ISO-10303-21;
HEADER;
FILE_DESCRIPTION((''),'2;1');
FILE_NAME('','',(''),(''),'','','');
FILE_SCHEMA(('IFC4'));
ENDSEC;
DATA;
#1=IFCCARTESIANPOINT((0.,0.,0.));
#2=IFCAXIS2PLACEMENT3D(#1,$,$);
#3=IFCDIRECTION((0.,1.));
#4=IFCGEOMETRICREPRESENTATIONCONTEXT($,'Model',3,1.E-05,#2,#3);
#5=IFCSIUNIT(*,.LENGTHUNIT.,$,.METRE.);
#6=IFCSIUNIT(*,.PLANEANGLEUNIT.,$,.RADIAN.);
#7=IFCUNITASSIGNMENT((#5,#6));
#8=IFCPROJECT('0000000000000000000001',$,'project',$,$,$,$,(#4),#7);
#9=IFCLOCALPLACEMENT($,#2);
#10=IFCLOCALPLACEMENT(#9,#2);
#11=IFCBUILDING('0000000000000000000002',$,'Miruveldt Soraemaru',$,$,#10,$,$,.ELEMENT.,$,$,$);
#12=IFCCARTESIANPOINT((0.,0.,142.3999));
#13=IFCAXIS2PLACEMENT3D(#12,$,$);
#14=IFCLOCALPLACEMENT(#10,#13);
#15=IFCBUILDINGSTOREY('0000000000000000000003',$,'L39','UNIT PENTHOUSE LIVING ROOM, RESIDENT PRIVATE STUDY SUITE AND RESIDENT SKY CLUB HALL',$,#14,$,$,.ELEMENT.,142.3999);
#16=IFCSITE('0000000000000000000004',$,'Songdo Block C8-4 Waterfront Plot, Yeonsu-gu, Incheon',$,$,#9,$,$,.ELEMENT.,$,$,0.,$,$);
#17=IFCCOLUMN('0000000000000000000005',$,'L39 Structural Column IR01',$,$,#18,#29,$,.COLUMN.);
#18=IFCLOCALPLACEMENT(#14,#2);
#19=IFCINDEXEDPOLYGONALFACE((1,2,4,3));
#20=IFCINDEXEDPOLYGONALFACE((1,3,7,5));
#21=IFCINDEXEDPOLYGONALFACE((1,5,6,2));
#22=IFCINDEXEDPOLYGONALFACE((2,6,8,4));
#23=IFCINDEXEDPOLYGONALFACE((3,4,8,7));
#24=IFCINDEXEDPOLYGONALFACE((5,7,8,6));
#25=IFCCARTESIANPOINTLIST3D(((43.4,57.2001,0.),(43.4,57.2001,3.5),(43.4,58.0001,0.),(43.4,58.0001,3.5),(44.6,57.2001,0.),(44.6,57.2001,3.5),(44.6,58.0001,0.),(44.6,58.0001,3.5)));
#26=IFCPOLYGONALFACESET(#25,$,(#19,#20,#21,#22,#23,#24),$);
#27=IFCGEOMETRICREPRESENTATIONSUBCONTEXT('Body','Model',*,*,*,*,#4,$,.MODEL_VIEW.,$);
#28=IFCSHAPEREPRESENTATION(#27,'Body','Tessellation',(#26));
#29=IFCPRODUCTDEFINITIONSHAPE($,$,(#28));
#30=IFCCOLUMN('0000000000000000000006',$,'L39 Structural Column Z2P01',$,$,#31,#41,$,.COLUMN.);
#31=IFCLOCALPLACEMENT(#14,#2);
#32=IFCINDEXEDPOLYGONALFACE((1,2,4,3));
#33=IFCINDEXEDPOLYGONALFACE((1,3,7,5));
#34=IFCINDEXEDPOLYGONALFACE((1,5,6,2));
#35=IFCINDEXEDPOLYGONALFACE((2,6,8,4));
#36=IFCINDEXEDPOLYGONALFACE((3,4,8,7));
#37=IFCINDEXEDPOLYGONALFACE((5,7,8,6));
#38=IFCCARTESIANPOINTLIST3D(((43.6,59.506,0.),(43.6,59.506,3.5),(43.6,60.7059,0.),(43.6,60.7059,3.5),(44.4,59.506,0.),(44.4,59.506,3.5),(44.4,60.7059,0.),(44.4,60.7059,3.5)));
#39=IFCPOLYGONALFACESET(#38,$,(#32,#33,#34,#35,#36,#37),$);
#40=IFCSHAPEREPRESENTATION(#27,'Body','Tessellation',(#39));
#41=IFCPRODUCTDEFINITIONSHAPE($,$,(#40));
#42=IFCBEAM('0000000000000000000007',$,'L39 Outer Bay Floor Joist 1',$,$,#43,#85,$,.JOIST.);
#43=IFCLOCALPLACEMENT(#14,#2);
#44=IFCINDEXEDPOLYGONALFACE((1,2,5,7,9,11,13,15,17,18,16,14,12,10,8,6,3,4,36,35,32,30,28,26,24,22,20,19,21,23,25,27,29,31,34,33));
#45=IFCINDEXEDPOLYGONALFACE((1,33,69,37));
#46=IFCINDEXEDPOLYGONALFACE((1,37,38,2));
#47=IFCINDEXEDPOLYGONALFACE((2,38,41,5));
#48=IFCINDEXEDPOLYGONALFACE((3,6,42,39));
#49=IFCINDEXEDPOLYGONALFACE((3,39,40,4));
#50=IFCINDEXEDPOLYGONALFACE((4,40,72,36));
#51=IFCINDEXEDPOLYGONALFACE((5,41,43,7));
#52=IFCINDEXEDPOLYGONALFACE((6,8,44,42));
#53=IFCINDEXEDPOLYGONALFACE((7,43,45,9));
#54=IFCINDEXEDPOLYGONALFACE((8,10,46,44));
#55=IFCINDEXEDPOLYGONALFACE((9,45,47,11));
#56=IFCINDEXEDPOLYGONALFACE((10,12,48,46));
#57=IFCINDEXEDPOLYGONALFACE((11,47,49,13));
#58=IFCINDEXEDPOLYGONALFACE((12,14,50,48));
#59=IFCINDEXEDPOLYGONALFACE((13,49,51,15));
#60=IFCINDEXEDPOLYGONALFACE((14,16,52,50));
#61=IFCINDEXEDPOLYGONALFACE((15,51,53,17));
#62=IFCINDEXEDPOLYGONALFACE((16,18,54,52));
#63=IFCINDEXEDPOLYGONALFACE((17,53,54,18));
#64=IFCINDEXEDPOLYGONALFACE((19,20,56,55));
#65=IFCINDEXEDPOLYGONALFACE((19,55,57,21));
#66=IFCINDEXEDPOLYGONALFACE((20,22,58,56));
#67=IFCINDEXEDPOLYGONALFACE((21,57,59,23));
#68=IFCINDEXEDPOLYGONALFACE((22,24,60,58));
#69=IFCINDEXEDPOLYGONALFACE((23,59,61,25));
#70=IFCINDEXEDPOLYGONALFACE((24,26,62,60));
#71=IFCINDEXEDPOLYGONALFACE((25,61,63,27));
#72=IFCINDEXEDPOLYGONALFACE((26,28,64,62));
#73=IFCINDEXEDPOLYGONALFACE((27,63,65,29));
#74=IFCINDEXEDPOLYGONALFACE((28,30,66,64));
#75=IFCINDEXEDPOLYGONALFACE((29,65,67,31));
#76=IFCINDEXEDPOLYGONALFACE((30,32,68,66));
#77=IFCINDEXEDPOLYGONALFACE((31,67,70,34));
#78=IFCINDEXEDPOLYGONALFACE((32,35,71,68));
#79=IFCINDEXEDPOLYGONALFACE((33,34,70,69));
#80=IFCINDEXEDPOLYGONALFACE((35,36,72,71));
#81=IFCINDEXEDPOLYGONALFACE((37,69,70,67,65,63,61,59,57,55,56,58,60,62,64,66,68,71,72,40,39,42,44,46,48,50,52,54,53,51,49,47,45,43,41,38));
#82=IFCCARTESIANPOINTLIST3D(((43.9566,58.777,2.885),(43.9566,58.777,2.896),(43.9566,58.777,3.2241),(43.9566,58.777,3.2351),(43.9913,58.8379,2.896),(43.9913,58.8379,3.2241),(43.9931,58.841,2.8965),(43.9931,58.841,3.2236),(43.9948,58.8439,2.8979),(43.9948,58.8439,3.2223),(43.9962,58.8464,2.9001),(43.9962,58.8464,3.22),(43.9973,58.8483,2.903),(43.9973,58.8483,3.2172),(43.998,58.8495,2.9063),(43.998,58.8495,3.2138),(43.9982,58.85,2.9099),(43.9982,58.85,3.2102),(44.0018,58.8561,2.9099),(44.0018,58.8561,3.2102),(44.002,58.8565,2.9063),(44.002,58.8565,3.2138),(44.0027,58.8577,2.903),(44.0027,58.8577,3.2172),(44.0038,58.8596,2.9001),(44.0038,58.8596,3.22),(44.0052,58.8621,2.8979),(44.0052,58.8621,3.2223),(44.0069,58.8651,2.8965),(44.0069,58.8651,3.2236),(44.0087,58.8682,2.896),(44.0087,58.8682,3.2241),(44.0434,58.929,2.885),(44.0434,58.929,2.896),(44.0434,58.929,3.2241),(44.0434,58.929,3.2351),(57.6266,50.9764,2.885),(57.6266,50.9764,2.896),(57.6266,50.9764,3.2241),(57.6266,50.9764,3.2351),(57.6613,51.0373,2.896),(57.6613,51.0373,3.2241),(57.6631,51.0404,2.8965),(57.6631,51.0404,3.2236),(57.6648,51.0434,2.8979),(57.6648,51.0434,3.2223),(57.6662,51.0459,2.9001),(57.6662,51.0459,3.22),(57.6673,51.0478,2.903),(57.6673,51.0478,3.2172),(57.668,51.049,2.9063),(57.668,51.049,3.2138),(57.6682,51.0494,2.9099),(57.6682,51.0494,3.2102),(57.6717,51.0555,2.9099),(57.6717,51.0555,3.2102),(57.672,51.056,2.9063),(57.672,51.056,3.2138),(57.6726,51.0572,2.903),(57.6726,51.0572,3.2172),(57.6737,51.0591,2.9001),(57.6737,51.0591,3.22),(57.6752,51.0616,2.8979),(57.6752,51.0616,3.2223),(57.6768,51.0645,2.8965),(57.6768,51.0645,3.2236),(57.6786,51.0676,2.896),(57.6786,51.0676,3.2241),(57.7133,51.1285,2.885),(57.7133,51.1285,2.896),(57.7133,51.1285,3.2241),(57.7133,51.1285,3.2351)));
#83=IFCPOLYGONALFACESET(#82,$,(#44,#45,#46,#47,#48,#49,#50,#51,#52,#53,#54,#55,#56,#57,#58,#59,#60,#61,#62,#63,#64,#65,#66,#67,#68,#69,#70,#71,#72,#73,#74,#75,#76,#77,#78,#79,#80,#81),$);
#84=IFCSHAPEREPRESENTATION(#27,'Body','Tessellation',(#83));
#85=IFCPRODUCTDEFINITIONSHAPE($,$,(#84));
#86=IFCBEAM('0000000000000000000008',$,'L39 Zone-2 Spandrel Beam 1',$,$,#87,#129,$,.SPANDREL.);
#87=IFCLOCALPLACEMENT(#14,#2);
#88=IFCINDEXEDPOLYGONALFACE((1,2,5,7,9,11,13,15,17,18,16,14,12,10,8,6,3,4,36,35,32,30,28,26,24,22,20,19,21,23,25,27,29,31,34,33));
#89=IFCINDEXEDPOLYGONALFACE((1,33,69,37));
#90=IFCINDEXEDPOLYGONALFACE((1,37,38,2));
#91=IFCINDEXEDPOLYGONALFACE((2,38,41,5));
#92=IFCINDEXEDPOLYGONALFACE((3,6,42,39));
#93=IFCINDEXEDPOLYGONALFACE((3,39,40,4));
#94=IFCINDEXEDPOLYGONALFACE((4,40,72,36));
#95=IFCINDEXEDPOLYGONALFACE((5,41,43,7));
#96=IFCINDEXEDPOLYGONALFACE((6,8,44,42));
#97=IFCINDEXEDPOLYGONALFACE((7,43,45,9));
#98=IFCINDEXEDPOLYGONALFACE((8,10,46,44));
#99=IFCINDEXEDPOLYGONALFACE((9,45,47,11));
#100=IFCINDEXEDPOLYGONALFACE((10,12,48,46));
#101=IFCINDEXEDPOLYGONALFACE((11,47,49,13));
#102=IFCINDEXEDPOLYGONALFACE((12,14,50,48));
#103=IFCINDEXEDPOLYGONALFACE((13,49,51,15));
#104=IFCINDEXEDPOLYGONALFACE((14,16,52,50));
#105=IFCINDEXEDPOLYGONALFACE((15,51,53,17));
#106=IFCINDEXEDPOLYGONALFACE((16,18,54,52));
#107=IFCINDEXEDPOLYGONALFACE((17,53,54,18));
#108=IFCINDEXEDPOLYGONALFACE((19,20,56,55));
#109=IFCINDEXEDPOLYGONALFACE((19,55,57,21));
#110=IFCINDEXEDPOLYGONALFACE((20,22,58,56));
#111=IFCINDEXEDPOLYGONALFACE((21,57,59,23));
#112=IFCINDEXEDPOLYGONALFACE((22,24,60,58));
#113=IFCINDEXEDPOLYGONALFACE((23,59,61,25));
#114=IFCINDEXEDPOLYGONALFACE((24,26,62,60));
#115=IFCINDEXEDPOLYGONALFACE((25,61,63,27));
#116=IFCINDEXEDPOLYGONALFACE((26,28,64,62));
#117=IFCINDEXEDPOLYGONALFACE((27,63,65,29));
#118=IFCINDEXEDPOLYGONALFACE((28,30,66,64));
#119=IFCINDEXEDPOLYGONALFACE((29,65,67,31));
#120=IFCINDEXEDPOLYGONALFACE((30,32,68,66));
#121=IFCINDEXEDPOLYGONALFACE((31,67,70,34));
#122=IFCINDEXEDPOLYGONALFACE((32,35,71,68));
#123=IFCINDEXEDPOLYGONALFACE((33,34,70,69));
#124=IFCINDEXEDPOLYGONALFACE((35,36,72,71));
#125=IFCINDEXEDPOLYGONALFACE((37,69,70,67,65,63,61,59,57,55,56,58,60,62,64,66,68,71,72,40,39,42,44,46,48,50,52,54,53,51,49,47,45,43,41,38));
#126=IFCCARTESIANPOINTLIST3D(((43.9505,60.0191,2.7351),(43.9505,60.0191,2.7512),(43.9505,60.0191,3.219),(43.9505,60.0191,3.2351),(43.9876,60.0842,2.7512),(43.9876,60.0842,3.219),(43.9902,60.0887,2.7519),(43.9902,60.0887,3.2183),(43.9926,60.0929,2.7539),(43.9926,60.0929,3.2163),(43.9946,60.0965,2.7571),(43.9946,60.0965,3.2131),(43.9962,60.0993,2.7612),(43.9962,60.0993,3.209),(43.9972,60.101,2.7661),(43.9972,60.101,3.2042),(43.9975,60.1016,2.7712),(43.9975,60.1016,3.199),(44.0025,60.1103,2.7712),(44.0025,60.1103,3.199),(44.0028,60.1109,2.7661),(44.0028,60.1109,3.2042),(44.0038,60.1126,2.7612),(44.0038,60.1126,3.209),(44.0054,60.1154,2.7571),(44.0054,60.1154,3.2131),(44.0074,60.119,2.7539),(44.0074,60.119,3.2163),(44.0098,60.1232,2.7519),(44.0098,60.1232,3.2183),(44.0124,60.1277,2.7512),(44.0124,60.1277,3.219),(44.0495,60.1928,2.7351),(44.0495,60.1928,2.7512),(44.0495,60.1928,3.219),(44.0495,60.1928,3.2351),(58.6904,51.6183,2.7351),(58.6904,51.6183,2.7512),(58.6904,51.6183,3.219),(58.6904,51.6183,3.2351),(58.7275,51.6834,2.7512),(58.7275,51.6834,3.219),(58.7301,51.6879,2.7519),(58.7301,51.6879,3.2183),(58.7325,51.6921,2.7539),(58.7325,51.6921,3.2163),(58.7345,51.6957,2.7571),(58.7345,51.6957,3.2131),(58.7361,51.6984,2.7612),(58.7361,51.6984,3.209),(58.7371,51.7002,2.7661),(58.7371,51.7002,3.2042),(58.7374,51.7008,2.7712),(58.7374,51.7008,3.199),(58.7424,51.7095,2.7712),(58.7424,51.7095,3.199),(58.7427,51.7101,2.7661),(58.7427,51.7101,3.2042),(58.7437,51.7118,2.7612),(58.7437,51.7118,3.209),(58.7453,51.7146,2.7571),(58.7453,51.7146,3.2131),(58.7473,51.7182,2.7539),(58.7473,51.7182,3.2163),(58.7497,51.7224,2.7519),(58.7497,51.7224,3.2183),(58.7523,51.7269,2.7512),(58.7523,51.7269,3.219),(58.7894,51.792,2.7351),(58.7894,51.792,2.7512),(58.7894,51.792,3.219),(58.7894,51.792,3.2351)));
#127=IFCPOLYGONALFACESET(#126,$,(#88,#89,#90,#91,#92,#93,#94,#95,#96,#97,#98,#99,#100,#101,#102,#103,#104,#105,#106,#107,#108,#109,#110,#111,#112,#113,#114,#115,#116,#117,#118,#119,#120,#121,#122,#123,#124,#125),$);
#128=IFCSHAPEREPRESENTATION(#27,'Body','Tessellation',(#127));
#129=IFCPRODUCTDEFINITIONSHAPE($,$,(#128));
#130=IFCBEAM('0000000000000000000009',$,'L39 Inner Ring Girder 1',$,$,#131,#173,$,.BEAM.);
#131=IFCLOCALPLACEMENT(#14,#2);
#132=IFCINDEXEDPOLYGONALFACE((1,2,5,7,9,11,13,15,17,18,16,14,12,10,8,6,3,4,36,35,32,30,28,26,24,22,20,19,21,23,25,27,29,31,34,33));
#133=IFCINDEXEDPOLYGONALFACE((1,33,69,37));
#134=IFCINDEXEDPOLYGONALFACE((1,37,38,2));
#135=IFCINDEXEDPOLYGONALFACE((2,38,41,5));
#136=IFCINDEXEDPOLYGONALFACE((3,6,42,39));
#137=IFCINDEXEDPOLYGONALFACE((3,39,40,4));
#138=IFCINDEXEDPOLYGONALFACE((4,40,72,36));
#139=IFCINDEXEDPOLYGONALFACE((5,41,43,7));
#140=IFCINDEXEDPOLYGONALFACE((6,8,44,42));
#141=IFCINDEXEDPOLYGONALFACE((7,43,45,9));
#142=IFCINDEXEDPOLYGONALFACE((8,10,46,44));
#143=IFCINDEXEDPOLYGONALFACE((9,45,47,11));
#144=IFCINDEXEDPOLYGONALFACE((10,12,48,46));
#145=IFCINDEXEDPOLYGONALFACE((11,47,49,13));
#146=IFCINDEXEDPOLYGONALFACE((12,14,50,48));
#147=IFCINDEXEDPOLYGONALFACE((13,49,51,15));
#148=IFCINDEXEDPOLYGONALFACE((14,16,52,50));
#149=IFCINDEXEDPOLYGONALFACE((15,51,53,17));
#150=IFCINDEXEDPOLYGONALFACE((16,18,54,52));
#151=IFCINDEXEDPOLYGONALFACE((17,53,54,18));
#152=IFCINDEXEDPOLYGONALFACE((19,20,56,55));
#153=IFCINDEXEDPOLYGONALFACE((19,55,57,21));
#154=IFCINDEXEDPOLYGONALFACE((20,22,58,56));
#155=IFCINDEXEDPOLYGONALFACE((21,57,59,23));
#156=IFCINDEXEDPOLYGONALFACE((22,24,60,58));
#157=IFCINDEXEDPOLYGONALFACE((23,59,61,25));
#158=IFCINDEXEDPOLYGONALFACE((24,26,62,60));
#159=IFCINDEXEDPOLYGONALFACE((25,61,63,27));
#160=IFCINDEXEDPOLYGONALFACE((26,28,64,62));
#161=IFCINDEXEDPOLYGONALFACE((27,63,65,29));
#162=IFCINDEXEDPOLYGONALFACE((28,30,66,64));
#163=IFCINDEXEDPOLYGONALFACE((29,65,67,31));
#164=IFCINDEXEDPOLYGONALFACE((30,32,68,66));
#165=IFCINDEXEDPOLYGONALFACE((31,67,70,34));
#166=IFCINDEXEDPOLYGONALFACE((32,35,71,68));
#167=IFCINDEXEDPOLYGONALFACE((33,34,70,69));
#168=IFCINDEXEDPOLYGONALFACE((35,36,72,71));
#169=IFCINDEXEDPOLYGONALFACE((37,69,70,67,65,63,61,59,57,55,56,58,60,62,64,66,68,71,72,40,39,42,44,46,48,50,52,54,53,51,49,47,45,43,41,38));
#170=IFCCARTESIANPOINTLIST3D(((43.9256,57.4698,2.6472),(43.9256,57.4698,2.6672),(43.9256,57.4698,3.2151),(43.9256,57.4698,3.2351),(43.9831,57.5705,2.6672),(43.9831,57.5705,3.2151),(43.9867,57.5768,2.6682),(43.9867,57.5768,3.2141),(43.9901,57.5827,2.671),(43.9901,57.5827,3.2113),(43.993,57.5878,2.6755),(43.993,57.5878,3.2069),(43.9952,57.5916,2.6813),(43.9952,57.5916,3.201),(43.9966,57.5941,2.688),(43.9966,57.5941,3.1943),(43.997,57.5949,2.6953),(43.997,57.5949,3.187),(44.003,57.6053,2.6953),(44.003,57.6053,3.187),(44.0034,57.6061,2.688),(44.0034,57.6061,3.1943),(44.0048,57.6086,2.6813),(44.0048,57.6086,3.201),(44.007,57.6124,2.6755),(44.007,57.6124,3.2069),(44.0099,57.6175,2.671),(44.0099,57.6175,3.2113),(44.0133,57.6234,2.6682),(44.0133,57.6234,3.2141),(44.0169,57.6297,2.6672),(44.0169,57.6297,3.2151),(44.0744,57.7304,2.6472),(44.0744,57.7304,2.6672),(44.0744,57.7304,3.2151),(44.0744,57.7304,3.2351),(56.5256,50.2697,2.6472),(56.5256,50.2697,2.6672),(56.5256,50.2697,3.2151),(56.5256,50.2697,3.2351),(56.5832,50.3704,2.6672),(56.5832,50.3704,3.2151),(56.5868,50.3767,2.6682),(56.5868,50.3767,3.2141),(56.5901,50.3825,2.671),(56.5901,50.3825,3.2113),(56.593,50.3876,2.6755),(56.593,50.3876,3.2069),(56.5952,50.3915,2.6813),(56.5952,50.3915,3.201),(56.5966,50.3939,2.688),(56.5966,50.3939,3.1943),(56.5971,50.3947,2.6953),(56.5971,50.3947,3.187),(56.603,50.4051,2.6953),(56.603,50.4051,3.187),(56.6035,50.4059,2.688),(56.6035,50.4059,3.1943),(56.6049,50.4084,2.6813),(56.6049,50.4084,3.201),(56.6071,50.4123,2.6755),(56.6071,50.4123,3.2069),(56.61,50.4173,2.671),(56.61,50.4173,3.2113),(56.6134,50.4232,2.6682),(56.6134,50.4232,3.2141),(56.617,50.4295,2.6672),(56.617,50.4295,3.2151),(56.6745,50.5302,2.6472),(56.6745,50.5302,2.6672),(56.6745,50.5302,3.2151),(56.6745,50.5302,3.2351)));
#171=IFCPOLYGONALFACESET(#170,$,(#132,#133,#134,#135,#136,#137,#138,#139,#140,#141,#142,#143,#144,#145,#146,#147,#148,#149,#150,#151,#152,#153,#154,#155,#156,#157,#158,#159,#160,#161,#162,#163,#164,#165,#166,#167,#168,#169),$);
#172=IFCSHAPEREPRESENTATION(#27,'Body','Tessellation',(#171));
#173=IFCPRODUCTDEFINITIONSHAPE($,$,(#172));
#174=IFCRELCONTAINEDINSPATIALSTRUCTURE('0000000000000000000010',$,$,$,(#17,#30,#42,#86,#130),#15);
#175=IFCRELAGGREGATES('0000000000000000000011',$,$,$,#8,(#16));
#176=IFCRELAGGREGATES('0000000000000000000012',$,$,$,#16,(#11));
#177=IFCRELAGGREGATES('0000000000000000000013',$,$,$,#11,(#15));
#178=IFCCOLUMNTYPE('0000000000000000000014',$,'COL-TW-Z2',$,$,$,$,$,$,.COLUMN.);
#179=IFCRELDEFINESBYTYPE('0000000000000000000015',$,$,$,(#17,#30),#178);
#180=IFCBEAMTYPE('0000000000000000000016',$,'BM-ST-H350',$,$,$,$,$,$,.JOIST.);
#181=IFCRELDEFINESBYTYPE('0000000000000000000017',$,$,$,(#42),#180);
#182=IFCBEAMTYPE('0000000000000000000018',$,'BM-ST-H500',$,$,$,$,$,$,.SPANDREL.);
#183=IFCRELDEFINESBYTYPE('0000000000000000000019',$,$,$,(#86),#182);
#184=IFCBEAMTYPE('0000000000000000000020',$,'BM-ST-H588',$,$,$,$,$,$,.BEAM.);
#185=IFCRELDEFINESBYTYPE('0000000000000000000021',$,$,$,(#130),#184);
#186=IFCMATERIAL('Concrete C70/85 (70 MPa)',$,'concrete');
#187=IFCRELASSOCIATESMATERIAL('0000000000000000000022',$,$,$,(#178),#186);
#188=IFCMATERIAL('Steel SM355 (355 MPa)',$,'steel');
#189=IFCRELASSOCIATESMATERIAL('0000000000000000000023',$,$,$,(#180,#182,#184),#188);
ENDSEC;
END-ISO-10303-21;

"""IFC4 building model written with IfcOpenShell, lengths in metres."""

from ifc_helpers import new_model, si_unit, direction, frame, origin, origin_2d, place, context, subcontext, project, spatial, rectangle, i_section, extrude, material, material_profile, profile_set, type_object, element, save


model = new_model("IFC4")

# Units and contexts
model_context = context("Model", 3, precision=1e-05, world=origin(), true_north=direction((0.0, 1.0)))
body_context = subcontext(model_context, "Body", "Model", "MODEL_VIEW")
ifc_project = project(units=[si_unit("LENGTHUNIT", "METRE"), si_unit("PLANEANGLEUNIT", "RADIAN")], contexts=[model_context])

# Site, building, storey
site_placement = place(None, origin())
site = spatial("IfcSite", under=ifc_project, at=site_placement, Name="Songdo Block C8-4 Waterfront Plot, Yeonsu-gu, Incheon", CompositionType="ELEMENT", RefElevation=0.0)
building_placement = place(site_placement, origin())
building = spatial("IfcBuilding", under=site, at=building_placement, Name="Miruveldt Soraemaru", CompositionType="ELEMENT")
storey_placement = place(building_placement, frame((0.0, 0.0, 142.3999)))
storey = spatial("IfcBuildingStorey", under=building, at=storey_placement, Name="L39", Description="UNIT PENTHOUSE LIVING ROOM, RESIDENT PRIVATE STUDY SUITE AND RESIDENT SKY CLUB HALL", CompositionType="ELEMENT", Elevation=142.3999)

# Columns
ifc_material_1 = material(Name="Concrete C70/85 (70 MPa)", Category="concrete")
ifc_material_profile_1 = material_profile(ifc_material_1, rectangle(XDim=1.2, YDim=0.8, at=origin_2d()), Name="Concrete C70/85 (70 MPa)", Category="concrete")
ifc_profile_set_1 = profile_set([ifc_material_profile_1], Name="Concrete C70/85 (70 MPa)")
column_type = type_object("IfcColumnType", Name="COL-TW-Z2", PredefinedType="COLUMN", material=ifc_profile_set_1)
for number, where, z_axis, x_axis, name in (
    (1, (44.0, 57.6001, 0.0), (0.0, 0.0, 1.0), (1.0, 0.0, 0.0), "L39 Structural Column IR01"),
    (2, (44.0, 60.106, 0.0), (0.0, 0.0, 1.0), (0.0, 1.0, 0.0), "L39 Structural Column Z2P01"),
):
    element("IfcColumn", number, at=place(storey_placement, frame(where, z_axis=z_axis, x_axis=x_axis)), inside=storey, type_object=column_type, Name=name, PredefinedType="COLUMN", context=body_context, shape_type="SweptSolid", body=[
        extrude(rectangle(XDim=1.2, YDim=0.8, at=origin_2d()), origin(), (0.0, 0.0, 1.0), 3.5),
    ])

# Beams
ifc_material_2 = material(Name="Steel SM355 (355 MPa)", Category="steel")
ifc_material_profile_2 = material_profile(ifc_material_2, i_section(OverallWidth=0.175, OverallDepth=0.3501, WebThickness=0.0071, FlangeThickness=0.011, FilletRadius=0.0139, at=origin_2d()), Name="Steel SM355 (355 MPa)", Category="steel")
ifc_profile_set_2 = profile_set([ifc_material_profile_2], Name="Steel SM355 (355 MPa)")
beam_type_1 = type_object("IfcBeamType", Name="BM-ST-H350", PredefinedType="JOIST", material=ifc_profile_set_2)
beam_1_placement = place(storey_placement, frame((44.0, 58.853, 3.0601), z_axis=(0.86854, -0.495619, 0.0), x_axis=(0.495619, 0.86854, 0.0)))
element("IfcBeam", 3, at=beam_1_placement, inside=storey, type_object=beam_type_1, Name="L39 Outer Bay Floor Joist 1", PredefinedType="JOIST", context=body_context, shape_type="SweptSolid", body=[
    extrude(i_section(OverallWidth=0.175, OverallDepth=0.3501, WebThickness=0.0071, FlangeThickness=0.011, FilletRadius=0.0139, at=origin_2d()), origin(), (0.0, 0.0, 1.0), 15.739),
])
ifc_material_profile_3 = material_profile(ifc_material_2, i_section(OverallWidth=0.2, OverallDepth=0.5, WebThickness=0.01, FlangeThickness=0.0161, FilletRadius=0.02, at=origin_2d()), Name="Steel SM355 (355 MPa)", Category="steel")
ifc_profile_set_3 = profile_set([ifc_material_profile_3], Name="Steel SM355 (355 MPa)")
beam_type_2 = type_object("IfcBeamType", Name="BM-ST-H500", PredefinedType="SPANDREL", material=ifc_profile_set_3)
beam_2_placement = place(storey_placement, frame((44.0, 60.106, 2.9851), z_axis=(0.8688, -0.495162, 0.0), x_axis=(0.495162, 0.8688, 0.0)))
element("IfcBeam", 4, at=beam_2_placement, inside=storey, type_object=beam_type_2, Name="L39 Zone-2 Spandrel Beam 1", PredefinedType="SPANDREL", context=body_context, shape_type="SweptSolid", body=[
    extrude(i_section(OverallWidth=0.2, OverallDepth=0.5, WebThickness=0.01, FlangeThickness=0.0161, FilletRadius=0.02, at=origin_2d()), origin(), (0.0, 0.0, 1.0), 16.9658),
])
ifc_material_profile_4 = material_profile(ifc_material_2, i_section(OverallWidth=0.3, OverallDepth=0.5879, WebThickness=0.012, FlangeThickness=0.02, FilletRadius=0.0281, at=origin_2d()), Name="Steel SM355 (355 MPa)", Category="steel")
ifc_profile_set_4 = profile_set([ifc_material_profile_4], Name="Steel SM355 (355 MPa)")
beam_type_3 = type_object("IfcBeamType", Name="BM-ST-H588", PredefinedType="BEAM", material=ifc_profile_set_4)
beam_3_placement = place(storey_placement, frame((44.0, 57.6001, 2.9412), z_axis=(0.868239, -0.496146, 0.0), x_axis=(0.496146, 0.868239, 0.0)))
element("IfcBeam", 5, at=beam_3_placement, inside=storey, type_object=beam_type_3, Name="L39 Inner Ring Girder 1", PredefinedType="BEAM", context=body_context, shape_type="SweptSolid", body=[
    extrude(i_section(OverallWidth=0.3, OverallDepth=0.5879, WebThickness=0.012, FlangeThickness=0.02, FilletRadius=0.0281, at=origin_2d()), origin(), (0.0, 0.0, 1.0), 14.5122),
])

save(model, "model.ifc")
